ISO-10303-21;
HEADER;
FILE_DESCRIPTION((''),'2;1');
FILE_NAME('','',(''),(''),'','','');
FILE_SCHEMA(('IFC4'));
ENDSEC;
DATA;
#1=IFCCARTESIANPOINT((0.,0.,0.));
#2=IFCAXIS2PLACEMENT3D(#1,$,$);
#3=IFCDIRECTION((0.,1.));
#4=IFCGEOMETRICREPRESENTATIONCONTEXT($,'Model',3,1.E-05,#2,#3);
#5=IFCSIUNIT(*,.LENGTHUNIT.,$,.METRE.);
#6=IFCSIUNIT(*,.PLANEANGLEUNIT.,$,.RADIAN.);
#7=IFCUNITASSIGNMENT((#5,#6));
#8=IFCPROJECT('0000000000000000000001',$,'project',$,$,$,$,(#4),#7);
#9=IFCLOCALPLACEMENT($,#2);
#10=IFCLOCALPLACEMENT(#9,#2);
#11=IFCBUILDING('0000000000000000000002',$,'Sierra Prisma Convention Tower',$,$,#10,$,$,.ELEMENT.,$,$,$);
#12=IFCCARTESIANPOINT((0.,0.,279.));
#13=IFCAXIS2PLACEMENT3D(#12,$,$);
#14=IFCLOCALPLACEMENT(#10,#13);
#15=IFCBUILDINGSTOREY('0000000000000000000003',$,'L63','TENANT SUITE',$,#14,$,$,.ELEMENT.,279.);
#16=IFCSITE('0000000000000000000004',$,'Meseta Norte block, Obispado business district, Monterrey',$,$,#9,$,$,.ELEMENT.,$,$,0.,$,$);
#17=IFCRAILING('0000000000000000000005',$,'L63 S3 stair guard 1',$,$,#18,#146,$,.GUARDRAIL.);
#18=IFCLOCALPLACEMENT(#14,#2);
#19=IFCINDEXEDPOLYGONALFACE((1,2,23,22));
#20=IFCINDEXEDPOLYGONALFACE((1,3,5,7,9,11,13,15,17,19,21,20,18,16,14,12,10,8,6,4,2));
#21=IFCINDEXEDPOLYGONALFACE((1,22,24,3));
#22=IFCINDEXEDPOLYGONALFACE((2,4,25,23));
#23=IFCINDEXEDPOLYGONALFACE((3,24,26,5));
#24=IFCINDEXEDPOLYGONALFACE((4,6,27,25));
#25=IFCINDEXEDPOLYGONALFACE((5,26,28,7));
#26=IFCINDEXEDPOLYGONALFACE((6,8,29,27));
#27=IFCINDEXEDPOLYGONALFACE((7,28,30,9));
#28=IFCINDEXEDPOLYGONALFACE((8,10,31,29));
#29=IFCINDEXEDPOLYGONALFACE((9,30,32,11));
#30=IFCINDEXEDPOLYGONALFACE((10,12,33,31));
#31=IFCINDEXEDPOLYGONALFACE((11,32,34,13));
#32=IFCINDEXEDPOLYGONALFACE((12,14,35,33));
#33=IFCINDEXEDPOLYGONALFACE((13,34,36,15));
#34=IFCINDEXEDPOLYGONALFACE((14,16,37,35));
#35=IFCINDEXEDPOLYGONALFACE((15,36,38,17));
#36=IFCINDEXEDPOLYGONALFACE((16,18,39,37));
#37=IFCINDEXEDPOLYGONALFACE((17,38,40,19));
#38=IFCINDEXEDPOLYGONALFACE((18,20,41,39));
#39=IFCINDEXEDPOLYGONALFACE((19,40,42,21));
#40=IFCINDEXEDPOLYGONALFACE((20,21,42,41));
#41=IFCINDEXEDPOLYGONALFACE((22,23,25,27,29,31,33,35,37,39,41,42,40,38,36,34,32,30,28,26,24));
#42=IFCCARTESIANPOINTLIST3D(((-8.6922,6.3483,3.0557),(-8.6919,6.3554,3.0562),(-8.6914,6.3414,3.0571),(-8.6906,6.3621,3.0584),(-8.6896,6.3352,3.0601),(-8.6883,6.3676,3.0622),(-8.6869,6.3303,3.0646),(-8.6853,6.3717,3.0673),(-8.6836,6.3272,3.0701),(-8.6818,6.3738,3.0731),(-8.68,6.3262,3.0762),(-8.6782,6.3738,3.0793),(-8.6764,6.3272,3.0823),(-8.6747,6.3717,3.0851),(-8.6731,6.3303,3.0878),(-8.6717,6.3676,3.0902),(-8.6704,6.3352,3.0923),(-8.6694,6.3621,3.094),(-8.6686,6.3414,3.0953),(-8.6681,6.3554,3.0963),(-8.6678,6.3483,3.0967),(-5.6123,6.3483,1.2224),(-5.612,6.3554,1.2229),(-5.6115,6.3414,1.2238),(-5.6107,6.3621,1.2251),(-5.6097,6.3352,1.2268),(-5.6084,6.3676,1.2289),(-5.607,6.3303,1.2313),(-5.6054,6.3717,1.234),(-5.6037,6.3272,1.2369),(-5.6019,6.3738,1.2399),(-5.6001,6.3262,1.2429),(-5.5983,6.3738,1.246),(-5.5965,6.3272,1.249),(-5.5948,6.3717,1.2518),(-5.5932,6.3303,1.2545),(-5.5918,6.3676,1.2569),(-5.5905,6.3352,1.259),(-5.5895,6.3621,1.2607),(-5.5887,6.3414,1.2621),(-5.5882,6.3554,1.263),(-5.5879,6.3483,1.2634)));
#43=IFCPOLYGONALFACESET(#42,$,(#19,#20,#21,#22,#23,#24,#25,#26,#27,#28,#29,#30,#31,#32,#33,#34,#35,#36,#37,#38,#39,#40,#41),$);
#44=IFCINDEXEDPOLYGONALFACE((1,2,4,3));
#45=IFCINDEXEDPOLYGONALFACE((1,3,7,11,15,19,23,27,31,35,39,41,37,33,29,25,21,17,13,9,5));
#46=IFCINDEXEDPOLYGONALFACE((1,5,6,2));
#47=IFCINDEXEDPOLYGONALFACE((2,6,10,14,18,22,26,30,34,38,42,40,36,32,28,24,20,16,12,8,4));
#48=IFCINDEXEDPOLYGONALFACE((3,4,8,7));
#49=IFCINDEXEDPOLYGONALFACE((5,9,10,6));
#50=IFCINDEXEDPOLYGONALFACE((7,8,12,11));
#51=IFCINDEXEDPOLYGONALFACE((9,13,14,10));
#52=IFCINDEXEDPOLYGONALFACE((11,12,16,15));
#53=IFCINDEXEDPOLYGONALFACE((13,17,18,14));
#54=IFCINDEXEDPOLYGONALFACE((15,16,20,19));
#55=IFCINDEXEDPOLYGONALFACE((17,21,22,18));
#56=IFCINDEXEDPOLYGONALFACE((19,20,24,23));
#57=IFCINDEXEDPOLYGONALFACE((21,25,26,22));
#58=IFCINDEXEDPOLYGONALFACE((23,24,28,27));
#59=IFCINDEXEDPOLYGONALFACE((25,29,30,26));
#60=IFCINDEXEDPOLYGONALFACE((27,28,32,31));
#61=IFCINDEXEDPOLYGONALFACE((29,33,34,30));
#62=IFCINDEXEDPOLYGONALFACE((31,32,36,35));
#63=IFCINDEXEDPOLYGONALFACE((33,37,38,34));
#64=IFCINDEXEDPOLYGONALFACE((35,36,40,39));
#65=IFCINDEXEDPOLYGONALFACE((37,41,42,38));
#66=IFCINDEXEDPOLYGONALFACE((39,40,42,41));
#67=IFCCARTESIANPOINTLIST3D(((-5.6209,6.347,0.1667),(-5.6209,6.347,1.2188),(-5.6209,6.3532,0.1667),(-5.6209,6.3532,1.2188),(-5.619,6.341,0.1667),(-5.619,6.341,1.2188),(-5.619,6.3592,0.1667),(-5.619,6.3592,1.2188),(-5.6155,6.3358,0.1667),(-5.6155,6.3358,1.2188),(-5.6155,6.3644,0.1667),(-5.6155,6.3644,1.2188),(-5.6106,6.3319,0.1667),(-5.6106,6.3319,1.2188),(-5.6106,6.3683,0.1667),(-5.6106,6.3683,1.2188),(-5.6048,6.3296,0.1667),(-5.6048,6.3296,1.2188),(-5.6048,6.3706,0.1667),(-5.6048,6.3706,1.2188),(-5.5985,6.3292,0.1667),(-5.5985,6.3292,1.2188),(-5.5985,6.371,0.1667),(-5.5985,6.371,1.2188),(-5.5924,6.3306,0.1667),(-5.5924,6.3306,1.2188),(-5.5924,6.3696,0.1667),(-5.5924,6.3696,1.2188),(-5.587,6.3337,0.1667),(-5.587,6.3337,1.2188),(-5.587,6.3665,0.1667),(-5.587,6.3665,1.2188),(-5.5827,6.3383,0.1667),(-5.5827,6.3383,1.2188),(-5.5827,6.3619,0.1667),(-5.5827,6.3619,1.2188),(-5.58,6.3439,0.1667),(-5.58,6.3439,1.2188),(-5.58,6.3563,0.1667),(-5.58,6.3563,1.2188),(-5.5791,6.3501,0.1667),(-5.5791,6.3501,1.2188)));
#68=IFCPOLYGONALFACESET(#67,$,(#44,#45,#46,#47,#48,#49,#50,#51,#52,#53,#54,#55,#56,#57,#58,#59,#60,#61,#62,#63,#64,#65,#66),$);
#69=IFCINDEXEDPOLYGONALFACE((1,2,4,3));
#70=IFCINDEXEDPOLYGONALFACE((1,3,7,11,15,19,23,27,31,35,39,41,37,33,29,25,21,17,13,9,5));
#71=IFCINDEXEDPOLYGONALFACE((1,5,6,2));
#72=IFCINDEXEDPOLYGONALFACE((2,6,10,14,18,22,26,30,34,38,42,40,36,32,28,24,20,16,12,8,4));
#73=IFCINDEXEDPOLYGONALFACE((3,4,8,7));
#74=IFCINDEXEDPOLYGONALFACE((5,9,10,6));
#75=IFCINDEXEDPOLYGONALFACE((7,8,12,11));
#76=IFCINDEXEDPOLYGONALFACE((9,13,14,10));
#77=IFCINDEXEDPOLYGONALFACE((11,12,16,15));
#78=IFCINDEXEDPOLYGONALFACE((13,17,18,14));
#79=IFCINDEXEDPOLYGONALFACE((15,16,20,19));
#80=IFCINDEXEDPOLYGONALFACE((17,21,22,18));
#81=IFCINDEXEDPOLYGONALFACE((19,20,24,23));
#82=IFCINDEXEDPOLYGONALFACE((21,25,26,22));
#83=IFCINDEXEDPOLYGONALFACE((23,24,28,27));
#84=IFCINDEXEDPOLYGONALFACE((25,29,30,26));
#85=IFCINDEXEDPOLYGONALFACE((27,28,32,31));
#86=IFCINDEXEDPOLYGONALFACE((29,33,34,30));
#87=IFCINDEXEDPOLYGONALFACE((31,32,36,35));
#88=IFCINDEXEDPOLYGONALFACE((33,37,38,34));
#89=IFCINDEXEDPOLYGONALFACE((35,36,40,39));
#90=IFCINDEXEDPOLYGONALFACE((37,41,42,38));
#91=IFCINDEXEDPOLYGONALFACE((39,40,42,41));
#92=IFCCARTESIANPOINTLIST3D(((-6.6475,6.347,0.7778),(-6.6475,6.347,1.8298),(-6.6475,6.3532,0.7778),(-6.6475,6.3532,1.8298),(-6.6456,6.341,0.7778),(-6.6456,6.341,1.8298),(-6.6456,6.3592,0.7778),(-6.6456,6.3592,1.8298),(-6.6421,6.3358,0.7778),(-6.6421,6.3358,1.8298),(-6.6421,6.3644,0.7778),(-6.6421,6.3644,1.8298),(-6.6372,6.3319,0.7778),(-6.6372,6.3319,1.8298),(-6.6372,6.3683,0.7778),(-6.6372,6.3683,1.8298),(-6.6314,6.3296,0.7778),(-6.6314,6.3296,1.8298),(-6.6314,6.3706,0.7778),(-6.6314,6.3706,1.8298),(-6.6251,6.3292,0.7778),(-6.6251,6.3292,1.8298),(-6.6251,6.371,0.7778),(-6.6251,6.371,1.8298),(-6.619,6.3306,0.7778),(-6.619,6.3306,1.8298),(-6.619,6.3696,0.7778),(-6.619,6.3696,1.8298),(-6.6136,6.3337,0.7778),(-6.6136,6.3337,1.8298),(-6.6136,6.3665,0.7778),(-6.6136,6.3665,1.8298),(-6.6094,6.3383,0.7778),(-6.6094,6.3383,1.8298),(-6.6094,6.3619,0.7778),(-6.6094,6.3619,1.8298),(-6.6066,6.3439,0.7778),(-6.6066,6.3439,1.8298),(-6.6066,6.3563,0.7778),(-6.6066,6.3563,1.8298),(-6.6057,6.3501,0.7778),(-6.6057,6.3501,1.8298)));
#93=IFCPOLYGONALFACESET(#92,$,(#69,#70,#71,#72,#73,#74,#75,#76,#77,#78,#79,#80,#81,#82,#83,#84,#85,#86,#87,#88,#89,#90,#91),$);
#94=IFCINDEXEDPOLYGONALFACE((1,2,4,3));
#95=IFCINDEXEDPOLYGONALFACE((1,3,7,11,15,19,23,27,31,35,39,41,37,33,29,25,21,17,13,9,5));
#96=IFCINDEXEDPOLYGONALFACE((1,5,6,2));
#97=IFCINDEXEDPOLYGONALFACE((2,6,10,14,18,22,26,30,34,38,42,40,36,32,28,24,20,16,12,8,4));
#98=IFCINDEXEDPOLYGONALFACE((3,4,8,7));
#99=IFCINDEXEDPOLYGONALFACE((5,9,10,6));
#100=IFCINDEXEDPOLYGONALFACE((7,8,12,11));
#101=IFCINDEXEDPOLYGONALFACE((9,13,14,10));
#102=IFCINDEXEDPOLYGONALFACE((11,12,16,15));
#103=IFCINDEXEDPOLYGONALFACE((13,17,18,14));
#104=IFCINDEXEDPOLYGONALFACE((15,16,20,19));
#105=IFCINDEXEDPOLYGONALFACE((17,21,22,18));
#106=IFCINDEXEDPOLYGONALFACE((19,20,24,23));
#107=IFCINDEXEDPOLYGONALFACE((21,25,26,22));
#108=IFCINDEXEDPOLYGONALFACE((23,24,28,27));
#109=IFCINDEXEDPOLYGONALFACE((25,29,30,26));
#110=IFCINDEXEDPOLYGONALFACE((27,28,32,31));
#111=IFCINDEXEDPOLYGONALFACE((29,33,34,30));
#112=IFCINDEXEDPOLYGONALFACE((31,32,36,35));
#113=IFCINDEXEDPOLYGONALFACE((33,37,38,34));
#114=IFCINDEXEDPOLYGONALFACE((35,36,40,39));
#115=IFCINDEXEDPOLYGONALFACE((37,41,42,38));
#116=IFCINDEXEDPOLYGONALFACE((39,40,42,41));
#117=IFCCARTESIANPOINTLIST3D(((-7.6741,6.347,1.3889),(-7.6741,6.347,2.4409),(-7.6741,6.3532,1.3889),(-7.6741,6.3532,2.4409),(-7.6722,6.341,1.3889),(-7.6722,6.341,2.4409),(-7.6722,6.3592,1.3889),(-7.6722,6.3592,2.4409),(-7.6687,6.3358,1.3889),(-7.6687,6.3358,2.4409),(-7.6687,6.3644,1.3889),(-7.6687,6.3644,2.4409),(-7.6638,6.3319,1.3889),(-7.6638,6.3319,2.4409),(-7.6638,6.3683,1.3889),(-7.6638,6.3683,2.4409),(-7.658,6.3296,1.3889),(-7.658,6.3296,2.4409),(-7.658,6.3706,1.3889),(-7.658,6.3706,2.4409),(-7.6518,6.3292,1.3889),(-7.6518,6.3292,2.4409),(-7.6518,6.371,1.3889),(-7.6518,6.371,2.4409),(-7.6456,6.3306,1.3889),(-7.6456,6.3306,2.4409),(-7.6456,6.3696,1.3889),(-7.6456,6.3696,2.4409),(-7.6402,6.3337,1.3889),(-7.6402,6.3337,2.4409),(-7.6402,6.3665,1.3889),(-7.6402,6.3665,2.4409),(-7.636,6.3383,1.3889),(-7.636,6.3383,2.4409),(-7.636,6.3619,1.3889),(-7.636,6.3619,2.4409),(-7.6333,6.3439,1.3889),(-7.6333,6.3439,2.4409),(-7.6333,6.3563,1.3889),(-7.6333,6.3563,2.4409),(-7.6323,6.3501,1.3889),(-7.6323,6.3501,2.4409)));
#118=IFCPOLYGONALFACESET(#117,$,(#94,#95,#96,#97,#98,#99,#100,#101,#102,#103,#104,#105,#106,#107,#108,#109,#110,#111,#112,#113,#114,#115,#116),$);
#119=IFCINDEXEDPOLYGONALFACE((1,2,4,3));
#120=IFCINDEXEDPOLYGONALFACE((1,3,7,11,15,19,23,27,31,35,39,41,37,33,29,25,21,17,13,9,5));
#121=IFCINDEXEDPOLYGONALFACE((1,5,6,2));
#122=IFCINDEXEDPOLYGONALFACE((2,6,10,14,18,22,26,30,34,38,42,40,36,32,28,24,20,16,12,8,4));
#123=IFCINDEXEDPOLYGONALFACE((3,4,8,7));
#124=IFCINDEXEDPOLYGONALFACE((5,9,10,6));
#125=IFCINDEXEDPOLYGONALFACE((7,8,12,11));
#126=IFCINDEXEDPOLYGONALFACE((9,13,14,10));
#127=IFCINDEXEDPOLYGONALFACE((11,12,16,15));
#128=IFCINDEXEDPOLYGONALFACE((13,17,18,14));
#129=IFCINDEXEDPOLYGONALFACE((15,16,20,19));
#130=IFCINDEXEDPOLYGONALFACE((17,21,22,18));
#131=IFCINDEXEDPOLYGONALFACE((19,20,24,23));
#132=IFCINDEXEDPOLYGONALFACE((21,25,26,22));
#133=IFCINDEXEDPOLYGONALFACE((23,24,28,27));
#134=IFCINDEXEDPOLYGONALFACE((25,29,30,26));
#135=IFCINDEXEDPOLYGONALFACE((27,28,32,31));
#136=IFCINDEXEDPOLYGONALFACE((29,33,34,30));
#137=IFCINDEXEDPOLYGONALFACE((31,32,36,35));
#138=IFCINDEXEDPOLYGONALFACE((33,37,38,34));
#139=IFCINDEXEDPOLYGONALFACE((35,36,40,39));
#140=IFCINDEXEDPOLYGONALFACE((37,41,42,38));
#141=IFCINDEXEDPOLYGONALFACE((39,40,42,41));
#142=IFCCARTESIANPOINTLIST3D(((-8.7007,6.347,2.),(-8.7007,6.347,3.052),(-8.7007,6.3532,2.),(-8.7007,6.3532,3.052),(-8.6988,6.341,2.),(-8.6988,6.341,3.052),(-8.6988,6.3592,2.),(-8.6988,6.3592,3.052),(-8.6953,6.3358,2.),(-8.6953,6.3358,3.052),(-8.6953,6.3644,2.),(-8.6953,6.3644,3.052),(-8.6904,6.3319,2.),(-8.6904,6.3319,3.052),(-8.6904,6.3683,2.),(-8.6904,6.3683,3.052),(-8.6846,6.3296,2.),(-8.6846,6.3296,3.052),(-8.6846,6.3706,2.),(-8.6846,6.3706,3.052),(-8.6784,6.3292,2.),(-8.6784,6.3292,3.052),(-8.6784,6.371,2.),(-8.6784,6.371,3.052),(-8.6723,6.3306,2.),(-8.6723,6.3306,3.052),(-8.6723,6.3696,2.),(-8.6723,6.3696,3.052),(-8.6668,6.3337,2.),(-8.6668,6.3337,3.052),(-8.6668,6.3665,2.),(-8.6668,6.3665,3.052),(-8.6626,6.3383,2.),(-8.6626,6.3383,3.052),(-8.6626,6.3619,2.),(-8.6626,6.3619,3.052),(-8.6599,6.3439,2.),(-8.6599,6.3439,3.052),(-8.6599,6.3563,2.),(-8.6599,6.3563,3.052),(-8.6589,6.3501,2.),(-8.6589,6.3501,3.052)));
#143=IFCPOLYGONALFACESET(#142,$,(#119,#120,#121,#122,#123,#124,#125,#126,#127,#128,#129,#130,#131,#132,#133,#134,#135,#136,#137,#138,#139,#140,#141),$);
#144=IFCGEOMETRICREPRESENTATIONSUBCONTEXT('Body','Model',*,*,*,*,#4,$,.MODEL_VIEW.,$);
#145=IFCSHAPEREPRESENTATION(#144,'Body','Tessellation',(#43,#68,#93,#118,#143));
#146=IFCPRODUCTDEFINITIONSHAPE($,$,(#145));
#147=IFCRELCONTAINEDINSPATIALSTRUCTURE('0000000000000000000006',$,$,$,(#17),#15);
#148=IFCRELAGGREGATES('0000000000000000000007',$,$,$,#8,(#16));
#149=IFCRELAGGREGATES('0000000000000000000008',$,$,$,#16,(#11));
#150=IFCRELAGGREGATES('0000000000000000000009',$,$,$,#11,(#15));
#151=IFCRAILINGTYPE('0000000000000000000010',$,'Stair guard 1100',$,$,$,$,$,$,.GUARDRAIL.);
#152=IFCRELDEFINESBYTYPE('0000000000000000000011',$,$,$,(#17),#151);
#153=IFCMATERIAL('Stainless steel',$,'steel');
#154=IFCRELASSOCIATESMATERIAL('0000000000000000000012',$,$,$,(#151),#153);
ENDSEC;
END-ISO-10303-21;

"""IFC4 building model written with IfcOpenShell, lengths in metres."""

from ifc_helpers import new_model, si_unit, direction, frame, origin, origin_2d, place, context, subcontext, project, spatial, circle, extrude, material, type_object, element, save


model = new_model("IFC4")

# Units and contexts
model_context = context("Model", 3, precision=1e-05, world=origin(), true_north=direction((0.0, 1.0)))
body_context = subcontext(model_context, "Body", "Model", "MODEL_VIEW")
ifc_project = project(units=[si_unit("LENGTHUNIT", "METRE"), si_unit("PLANEANGLEUNIT", "RADIAN")], contexts=[model_context])

# Site, building, storey
site_placement = place(None, origin())
site = spatial("IfcSite", under=ifc_project, at=site_placement, Name="Meseta Norte block, Obispado business district, Monterrey", CompositionType="ELEMENT", RefElevation=0.0)
building_placement = place(site_placement, origin())
building = spatial("IfcBuilding", under=site, at=building_placement, Name="Sierra Prisma Convention Tower", CompositionType="ELEMENT")
storey_placement = place(building_placement, frame((0.0, 0.0, 279.0)))
storey = spatial("IfcBuildingStorey", under=building, at=storey_placement, Name="L63", Description="TENANT SUITE", CompositionType="ELEMENT", Elevation=279.0)

# Railing
ifc_material_1 = material(Name="Stainless steel", Category="steel")
railing_type_1 = type_object("IfcRailingType", Name="Stair guard 1100", PredefinedType="GUARDRAIL", material=ifc_material_1)
railing_1_placement = place(storey_placement, frame((-5.6001, 6.3501, 0.1667)))
element("IfcRailing", 1, at=railing_1_placement, inside=storey, type_object=railing_type_1, Name="L63 S3 stair guard 1", PredefinedType="GUARDRAIL", context=body_context, shape_type="SweptSolid", body=[
    extrude(circle(Radius=0.0239, at=origin_2d()), frame((0.0, 0.0, 1.0762), z_axis=(-0.859291, 0.0, 0.511487), x_axis=(0.0, -1.0, 0.0)), (0.0, 0.0, 1.0), 3.5842),
    extrude(circle(Radius=0.021, at=origin_2d()), origin(), (0.0, 0.0, 1.0), 1.052),
    extrude(circle(Radius=0.021, at=origin_2d()), frame((-1.0266, 0.0, 0.6111)), (0.0, 0.0, 1.0), 1.052),
    extrude(circle(Radius=0.021, at=origin_2d()), frame((-2.0532, 0.0, 1.2222)), (0.0, 0.0, 1.0), 1.052),
    extrude(circle(Radius=0.021, at=origin_2d()), frame((-3.0798, 0.0, 1.8333)), (0.0, 0.0, 1.0), 1.052),
])

save(model, "model.ifc")
